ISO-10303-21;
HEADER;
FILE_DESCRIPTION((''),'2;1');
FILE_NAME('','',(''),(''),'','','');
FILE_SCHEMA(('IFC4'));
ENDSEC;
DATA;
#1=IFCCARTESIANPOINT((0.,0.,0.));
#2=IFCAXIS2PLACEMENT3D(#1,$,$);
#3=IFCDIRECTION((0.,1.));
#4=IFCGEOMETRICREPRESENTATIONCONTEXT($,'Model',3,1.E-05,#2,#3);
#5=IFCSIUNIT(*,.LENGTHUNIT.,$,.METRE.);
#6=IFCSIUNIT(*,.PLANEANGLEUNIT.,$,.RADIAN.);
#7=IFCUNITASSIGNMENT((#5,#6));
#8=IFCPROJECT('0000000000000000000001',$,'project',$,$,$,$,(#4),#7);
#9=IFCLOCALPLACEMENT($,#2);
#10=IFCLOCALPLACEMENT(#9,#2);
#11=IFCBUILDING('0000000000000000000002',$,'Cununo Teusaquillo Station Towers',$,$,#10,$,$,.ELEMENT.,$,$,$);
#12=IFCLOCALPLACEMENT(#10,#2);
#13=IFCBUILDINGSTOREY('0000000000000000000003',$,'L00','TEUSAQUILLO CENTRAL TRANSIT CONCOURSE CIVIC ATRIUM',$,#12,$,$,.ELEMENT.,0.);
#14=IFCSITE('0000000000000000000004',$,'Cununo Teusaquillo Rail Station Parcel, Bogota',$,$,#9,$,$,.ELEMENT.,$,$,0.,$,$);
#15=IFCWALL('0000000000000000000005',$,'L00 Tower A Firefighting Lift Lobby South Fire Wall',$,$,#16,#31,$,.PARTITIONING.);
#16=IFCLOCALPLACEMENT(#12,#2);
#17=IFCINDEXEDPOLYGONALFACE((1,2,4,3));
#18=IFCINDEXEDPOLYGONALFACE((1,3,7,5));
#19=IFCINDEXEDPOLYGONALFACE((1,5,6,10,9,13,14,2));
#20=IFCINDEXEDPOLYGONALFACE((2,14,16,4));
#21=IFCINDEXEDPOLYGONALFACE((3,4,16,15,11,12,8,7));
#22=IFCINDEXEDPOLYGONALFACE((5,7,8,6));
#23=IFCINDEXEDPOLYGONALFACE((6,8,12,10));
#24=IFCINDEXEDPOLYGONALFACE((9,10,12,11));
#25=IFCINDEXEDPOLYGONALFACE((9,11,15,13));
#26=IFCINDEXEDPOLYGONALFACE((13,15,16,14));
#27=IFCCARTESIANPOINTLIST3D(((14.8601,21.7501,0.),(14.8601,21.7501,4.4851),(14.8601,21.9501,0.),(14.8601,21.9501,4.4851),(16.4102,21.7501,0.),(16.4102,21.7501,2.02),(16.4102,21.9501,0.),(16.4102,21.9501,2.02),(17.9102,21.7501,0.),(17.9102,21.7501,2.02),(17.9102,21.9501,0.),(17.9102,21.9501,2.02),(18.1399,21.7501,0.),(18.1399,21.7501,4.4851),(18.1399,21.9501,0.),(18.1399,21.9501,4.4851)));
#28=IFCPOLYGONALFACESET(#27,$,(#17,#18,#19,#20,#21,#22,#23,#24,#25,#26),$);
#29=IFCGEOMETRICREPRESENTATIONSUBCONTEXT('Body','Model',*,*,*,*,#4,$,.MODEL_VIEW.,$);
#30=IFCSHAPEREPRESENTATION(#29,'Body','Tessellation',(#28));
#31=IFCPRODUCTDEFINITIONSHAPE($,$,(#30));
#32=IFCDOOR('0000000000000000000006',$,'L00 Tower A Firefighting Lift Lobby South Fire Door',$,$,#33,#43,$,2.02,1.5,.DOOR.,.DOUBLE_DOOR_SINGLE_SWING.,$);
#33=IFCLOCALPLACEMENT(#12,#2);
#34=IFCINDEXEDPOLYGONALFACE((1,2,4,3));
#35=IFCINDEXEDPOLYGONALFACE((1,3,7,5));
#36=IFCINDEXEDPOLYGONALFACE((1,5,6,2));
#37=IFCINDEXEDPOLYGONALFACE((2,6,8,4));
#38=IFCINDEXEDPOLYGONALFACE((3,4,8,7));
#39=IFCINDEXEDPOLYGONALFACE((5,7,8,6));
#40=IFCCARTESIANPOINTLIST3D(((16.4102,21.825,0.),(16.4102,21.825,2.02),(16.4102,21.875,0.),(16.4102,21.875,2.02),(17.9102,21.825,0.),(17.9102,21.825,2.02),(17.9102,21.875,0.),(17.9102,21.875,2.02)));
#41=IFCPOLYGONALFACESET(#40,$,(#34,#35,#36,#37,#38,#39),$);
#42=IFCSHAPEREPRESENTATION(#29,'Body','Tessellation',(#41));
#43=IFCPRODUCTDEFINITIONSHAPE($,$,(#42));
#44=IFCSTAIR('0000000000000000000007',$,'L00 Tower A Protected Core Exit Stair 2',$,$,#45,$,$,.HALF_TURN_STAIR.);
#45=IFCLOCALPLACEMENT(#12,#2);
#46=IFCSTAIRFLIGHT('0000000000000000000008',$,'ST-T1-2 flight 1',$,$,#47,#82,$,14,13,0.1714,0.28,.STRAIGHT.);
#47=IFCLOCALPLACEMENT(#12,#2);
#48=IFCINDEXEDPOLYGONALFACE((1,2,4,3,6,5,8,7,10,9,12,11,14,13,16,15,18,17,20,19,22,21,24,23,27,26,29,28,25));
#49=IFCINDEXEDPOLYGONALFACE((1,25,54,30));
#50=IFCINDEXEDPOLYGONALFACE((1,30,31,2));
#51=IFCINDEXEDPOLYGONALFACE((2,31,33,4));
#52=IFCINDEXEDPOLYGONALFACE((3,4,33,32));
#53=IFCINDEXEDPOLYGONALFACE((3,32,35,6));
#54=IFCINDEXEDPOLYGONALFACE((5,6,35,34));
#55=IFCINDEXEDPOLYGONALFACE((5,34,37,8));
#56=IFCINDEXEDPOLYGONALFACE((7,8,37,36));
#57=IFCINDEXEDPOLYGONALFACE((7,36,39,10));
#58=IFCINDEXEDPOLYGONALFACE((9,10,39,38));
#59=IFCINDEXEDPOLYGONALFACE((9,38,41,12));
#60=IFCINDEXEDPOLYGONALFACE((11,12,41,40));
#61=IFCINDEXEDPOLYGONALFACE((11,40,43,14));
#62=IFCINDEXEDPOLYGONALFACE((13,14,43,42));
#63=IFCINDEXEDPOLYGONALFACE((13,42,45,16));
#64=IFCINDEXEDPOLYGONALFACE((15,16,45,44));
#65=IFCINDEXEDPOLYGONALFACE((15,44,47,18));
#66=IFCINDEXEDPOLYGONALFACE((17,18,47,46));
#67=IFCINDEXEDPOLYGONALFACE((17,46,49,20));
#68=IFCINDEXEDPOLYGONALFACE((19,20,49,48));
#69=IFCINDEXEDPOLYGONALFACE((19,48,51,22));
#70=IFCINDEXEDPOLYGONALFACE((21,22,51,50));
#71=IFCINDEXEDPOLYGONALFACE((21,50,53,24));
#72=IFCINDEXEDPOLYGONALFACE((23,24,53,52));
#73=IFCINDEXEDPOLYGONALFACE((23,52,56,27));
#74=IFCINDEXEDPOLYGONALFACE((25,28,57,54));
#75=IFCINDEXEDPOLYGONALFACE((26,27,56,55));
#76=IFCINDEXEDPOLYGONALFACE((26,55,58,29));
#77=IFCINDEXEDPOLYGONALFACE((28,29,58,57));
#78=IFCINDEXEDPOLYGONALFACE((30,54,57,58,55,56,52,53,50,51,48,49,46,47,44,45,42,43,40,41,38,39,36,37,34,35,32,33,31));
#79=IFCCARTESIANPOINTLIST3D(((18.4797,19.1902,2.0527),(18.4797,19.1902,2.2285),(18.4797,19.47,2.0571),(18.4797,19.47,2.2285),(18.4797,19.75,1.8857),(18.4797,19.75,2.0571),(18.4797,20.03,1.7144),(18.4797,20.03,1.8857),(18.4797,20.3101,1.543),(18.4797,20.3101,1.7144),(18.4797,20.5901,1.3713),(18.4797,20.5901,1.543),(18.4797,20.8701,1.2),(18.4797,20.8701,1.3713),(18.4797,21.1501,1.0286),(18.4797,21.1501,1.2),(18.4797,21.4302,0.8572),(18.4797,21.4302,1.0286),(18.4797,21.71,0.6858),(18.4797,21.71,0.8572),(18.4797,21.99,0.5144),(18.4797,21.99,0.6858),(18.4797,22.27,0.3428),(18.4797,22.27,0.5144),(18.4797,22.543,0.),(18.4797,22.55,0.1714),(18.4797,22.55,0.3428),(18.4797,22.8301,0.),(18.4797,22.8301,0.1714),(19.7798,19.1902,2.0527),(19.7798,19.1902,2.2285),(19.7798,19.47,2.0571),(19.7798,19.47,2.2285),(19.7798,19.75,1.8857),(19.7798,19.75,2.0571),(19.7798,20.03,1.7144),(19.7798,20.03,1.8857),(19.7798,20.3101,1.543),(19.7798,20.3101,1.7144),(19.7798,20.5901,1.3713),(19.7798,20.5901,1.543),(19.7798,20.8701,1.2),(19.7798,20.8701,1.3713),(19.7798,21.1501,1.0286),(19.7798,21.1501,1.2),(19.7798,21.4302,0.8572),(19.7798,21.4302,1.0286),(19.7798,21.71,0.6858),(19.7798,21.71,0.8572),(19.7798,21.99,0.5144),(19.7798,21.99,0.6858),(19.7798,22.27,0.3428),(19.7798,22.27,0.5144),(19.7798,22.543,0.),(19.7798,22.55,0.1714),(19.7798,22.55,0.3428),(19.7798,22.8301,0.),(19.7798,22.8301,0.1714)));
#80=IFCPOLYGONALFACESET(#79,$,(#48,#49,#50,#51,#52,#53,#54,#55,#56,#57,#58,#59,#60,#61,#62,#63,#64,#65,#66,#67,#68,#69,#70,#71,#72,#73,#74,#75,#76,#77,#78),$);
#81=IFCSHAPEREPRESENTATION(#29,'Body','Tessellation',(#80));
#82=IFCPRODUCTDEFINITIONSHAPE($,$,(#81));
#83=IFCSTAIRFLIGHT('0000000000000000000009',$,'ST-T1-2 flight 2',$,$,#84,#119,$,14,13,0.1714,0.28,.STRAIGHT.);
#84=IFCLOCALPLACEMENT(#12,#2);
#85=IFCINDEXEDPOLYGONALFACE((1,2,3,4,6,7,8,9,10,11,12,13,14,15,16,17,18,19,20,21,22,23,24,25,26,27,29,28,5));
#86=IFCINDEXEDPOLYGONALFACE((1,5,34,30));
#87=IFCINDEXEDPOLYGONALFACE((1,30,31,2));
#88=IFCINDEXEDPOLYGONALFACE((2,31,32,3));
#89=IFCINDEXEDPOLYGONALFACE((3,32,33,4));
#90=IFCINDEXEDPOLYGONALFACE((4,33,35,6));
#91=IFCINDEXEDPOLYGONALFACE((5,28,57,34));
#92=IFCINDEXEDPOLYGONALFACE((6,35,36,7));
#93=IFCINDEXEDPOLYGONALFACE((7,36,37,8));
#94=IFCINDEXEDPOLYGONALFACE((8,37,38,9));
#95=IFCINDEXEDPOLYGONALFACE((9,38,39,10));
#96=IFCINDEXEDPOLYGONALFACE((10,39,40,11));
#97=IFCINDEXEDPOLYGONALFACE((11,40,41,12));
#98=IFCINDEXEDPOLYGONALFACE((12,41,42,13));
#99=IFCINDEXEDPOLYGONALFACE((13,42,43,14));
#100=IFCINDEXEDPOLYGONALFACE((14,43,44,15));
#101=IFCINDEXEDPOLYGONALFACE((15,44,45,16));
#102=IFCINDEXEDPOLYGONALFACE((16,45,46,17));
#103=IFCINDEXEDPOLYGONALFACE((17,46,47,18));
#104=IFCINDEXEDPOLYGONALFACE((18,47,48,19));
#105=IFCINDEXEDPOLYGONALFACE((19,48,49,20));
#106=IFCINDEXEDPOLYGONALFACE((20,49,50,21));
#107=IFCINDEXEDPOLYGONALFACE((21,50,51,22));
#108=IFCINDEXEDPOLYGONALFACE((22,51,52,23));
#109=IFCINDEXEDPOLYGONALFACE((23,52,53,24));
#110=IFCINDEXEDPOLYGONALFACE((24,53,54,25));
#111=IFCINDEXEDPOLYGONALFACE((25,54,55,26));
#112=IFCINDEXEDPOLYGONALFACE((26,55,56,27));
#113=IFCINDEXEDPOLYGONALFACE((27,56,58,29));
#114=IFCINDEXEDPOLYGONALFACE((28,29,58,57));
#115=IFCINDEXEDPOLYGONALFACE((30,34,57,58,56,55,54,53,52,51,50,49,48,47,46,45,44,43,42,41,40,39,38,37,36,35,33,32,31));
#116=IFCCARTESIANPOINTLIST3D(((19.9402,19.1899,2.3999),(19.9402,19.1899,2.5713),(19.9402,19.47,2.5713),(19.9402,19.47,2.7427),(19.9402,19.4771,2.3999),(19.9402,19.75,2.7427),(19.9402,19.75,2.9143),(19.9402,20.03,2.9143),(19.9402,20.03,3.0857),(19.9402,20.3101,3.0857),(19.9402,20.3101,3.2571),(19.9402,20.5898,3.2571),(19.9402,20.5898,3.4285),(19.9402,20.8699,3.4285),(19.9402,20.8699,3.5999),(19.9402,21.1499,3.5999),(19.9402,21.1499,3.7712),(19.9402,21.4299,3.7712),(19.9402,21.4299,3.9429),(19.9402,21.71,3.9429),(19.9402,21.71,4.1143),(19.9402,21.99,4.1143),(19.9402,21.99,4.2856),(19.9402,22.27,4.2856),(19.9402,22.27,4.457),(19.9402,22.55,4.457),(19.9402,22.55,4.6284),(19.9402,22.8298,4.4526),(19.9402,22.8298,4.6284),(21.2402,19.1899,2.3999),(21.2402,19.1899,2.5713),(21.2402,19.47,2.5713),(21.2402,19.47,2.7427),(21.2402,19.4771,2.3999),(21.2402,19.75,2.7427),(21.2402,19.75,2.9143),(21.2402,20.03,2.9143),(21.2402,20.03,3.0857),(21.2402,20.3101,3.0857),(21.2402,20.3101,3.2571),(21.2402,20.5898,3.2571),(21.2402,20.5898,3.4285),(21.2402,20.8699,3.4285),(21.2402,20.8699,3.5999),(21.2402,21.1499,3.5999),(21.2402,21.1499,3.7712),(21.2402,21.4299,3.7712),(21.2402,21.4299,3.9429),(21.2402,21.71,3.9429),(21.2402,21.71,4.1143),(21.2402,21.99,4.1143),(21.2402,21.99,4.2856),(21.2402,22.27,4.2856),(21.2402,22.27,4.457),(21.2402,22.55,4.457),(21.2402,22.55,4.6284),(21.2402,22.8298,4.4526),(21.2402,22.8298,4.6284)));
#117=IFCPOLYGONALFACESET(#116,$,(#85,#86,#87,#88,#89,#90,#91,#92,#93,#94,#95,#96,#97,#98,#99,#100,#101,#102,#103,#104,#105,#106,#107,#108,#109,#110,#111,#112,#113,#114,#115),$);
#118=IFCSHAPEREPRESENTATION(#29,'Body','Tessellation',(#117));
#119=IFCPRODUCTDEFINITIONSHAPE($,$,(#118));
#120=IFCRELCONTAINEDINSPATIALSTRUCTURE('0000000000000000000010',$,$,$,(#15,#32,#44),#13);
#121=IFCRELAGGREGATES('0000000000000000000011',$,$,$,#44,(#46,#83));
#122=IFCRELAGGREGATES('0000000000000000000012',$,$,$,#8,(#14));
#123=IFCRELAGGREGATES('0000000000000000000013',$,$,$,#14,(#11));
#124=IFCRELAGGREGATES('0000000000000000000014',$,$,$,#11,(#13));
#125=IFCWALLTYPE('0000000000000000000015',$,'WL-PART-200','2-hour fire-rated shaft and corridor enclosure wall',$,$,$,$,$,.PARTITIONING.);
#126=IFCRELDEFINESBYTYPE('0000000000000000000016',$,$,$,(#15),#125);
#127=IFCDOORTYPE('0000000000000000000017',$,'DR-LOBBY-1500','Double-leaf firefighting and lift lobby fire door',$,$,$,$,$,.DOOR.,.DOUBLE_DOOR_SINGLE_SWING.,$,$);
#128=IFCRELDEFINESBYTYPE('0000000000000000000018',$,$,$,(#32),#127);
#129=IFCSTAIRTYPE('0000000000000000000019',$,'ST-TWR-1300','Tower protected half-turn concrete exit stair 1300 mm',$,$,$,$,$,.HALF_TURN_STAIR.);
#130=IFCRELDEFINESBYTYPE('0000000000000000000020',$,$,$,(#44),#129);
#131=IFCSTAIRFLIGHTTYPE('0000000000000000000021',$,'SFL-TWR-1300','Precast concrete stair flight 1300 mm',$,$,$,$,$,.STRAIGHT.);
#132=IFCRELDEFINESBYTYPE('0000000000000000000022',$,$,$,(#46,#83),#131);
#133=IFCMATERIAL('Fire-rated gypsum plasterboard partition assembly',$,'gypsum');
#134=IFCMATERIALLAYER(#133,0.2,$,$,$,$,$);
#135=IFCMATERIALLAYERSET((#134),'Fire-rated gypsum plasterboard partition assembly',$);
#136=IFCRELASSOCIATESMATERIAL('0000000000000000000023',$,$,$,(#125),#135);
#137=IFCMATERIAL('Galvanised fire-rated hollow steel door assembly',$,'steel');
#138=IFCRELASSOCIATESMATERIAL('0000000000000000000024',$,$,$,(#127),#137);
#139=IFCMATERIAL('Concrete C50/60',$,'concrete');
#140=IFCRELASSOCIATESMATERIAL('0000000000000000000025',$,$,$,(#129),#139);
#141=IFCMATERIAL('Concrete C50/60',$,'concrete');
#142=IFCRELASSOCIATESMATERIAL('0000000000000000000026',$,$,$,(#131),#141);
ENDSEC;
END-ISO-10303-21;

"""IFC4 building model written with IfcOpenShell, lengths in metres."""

from ifc_helpers import new_model, si_unit, direction, frame, frame_2d, origin, place, context, subcontext, project, spatial, polyline, rectangle, outline, extrude, source, transform, mapped, material, layer, layer_set, type_object, element, fill, aggregate, save


model = new_model("IFC4")

# Units and contexts
model_context = context("Model", 3, precision=1e-05, world=origin(), true_north=direction((0.0, 1.0)))
body_context = subcontext(model_context, "Body", "Model", "MODEL_VIEW")
ifc_project = project(units=[si_unit("LENGTHUNIT", "METRE"), si_unit("PLANEANGLEUNIT", "RADIAN")], contexts=[model_context])

# Site, building, storey
site_placement = place(None, origin())
site = spatial("IfcSite", under=ifc_project, at=site_placement, Name="Cununo Teusaquillo Rail Station Parcel, Bogota", CompositionType="ELEMENT", RefElevation=0.0)
building_placement = place(site_placement, origin())
building = spatial("IfcBuilding", under=site, at=building_placement, Name="Cununo Teusaquillo Station Towers", CompositionType="ELEMENT")
storey_placement = place(building_placement, origin())
storey = spatial("IfcBuildingStorey", under=building, at=storey_placement, Name="L00", Description="TEUSAQUILLO CENTRAL TRANSIT CONCOURSE CIVIC ATRIUM", CompositionType="ELEMENT", Elevation=0.0)

# Wall, opening, door
ifc_material_1 = material(Name="Fire-rated gypsum plasterboard partition assembly", Category="gypsum")
ifc_layer_1 = layer(ifc_material_1, 0.2)
ifc_layer_set_1 = layer_set([ifc_layer_1], Name="Fire-rated gypsum plasterboard partition assembly")
wall_type_1 = type_object("IfcWallType", Name="WL-PART-200", Description="2-hour fire-rated shaft and corridor enclosure wall", PredefinedType="PARTITIONING", material=ifc_layer_set_1)
wall_1_placement = place(storey_placement, frame((14.8601, 21.8501, 0.0), z_axis=(0.0, 0.0, 1.0), x_axis=(1.0, 0.0, 0.0)))
wall_1 = element("IfcWall", 1, at=wall_1_placement, inside=storey, type_object=wall_type_1, Name="L00 Tower A Firefighting Lift Lobby South Fire Wall", PredefinedType="PARTITIONING", context=body_context, shape_type="SweptSolid", body=[
    extrude(rectangle(XDim=3.2798, YDim=0.2, at=frame_2d((1.6399, 0.0))), origin(), (0.0, 0.0, 1.0), 4.4851),
])
shared_shape_1 = source(origin(), body_context, "Body", "SweptSolid", [
    extrude(rectangle(XDim=1.5, YDim=2.02, at=frame_2d((0.75, 1.01))), frame((0.0, 0.1099, 0.0), z_axis=(0.0, -1.0, 0.0), x_axis=(1.0, 0.0, 0.0)), (0.0, 0.0, 1.0), 0.22),
])
opening_1_placement = place(wall_1_placement, frame((1.55, 0.0, 0.0)))
opening_1 = element("IfcOpeningElement", 2, at=opening_1_placement, cuts=wall_1, PredefinedType="OPENING", context=body_context, shape_type="MappedRepresentation", body=[
    mapped(shared_shape_1, transform((0.0, 0.0, 0.0), x_axis=(1.0, 0.0, 0.0), y_axis=(0.0, 1.0, 0.0), z_axis=(0.0, 0.0, 1.0), scale=1.0)),
])
ifc_material_2 = material(Name="Galvanised fire-rated hollow steel door assembly", Category="steel")
door_type_1 = type_object("IfcDoorType", Name="DR-LOBBY-1500", Description="Double-leaf firefighting and lift lobby fire door", OperationType="DOUBLE_DOOR_SINGLE_SWING", PredefinedType="DOOR", material=ifc_material_2)
shared_shape_2 = source(origin(), body_context, "Body", "SweptSolid", [
    extrude(rectangle(XDim=1.5, YDim=2.02, at=frame_2d((0.75, 1.01))), frame((0.0, 0.0249, 0.0), z_axis=(0.0, -1.0, 0.0), x_axis=(1.0, 0.0, 0.0)), (0.0, 0.0, 1.0), 0.05),
])
door_1_placement = place(opening_1_placement, origin())
door_1 = element("IfcDoor", 3, at=door_1_placement, inside=storey, type_object=door_type_1, Name="L00 Tower A Firefighting Lift Lobby South Fire Door", OperationType="DOUBLE_DOOR_SINGLE_SWING", OverallHeight=2.02, OverallWidth=1.5, PredefinedType="DOOR", context=body_context, shape_type="MappedRepresentation", body=[
    mapped(shared_shape_2, transform((0.0, 0.0, 0.0), x_axis=(1.0, 0.0, 0.0), y_axis=(0.0, 1.0, 0.0), z_axis=(0.0, 0.0, 1.0), scale=1.0)),
])
fill(opening_1, door_1)

# Stair, stair flights
ifc_material_3 = material(Name="Concrete C50/60", Category="concrete")
stair_type = type_object("IfcStairType", Name="ST-TWR-1300", Description="Tower protected half-turn concrete exit stair 1300 mm", PredefinedType="HALF_TURN_STAIR", material=ifc_material_3)
stair_placement = place(storey_placement, origin())
stair = element("IfcStair", 4, at=stair_placement, inside=storey, type_object=stair_type, Name="L00 Tower A Protected Core Exit Stair 2", PredefinedType="HALF_TURN_STAIR")
ifc_material_4 = material(Name="Concrete C50/60", Category="concrete")
stair_flight_type = type_object("IfcStairFlightType", Name="SFL-TWR-1300", Description="Precast concrete stair flight 1300 mm", PredefinedType="STRAIGHT", material=ifc_material_4)
stair_flight_1_placement = place(storey_placement, frame((19.1299, 22.8301, 0.0), z_axis=(0.0, 0.0, 1.0), x_axis=(0.0, -1.0, 0.0)))
stair_flight_1 = element("IfcStairFlight", 5, at=stair_flight_1_placement, type_object=stair_flight_type, Name="ST-T1-2 flight 1", NumberOfRisers=14, NumberOfTreads=13, PredefinedType="STRAIGHT", RiserHeight=0.1714, TreadLength=0.28, context=body_context, shape_type="SweptSolid", body=[
    extrude(outline(polyline([(0.0, 0.0), (0.0, 0.1714), (0.28, 0.1714), (0.28, 0.3428), (0.5601, 0.3428), (0.5601, 0.5144), (0.8401, 0.5144), (0.8401, 0.6858), (1.1201, 0.6858), (1.1201, 0.8572), (1.3999, 0.8572), (1.3999, 1.0286), (1.6799, 1.0286), (1.6799, 1.2), (1.96, 1.2), (1.96, 1.3713), (2.24, 1.3713), (2.24, 1.543), (2.52, 1.543), (2.52, 1.7144), (2.8, 1.7144), (2.8, 1.8857), (3.0801, 1.8857), (3.0801, 2.0571), (3.3601, 2.0571), (3.3601, 2.2285), (3.6399, 2.2285), (3.6399, 2.3999), (3.6399, 2.0527), (0.2871, 0.0), (0.0, 0.0)])), frame((0.0, 0.6499, 0.0), z_axis=(0.0, -1.0, 0.0), x_axis=(1.0, 0.0, 0.0)), (0.0, 0.0, 1.0), 1.3),
])
stair_flight_2_placement = place(storey_placement, frame((20.5901, 19.1899, 2.3999), z_axis=(0.0, 0.0, 1.0), x_axis=(0.0, 1.0, 0.0)))
stair_flight_2 = element("IfcStairFlight", 6, at=stair_flight_2_placement, type_object=stair_flight_type, Name="ST-T1-2 flight 2", NumberOfRisers=14, NumberOfTreads=13, PredefinedType="STRAIGHT", RiserHeight=0.1714, TreadLength=0.28, context=body_context, shape_type="SweptSolid", body=[
    extrude(outline(polyline([(0.0, 0.0), (0.0, 0.1714), (0.28, 0.1714), (0.28, 0.3428), (0.5601, 0.3428), (0.5601, 0.5144), (0.8401, 0.5144), (0.8401, 0.6858), (1.1201, 0.6858), (1.1201, 0.8572), (1.3999, 0.8572), (1.3999, 1.0286), (1.6799, 1.0286), (1.6799, 1.2), (1.96, 1.2), (1.96, 1.3713), (2.24, 1.3713), (2.24, 1.543), (2.52, 1.543), (2.52, 1.7144), (2.8, 1.7144), (2.8, 1.8857), (3.0801, 1.8857), (3.0801, 2.0571), (3.3601, 2.0571), (3.3601, 2.2285), (3.6399, 2.2285), (3.6399, 2.3999), (3.6399, 2.0527), (0.2871, 0.0), (0.0, 0.0)])), frame((0.0, 0.6499, 0.0), z_axis=(0.0, -1.0, 0.0), x_axis=(1.0, 0.0, 0.0)), (0.0, 0.0, 1.0), 1.3),
])
aggregate(stair, [stair_flight_1, stair_flight_2])

save(model, "model.ifc")
